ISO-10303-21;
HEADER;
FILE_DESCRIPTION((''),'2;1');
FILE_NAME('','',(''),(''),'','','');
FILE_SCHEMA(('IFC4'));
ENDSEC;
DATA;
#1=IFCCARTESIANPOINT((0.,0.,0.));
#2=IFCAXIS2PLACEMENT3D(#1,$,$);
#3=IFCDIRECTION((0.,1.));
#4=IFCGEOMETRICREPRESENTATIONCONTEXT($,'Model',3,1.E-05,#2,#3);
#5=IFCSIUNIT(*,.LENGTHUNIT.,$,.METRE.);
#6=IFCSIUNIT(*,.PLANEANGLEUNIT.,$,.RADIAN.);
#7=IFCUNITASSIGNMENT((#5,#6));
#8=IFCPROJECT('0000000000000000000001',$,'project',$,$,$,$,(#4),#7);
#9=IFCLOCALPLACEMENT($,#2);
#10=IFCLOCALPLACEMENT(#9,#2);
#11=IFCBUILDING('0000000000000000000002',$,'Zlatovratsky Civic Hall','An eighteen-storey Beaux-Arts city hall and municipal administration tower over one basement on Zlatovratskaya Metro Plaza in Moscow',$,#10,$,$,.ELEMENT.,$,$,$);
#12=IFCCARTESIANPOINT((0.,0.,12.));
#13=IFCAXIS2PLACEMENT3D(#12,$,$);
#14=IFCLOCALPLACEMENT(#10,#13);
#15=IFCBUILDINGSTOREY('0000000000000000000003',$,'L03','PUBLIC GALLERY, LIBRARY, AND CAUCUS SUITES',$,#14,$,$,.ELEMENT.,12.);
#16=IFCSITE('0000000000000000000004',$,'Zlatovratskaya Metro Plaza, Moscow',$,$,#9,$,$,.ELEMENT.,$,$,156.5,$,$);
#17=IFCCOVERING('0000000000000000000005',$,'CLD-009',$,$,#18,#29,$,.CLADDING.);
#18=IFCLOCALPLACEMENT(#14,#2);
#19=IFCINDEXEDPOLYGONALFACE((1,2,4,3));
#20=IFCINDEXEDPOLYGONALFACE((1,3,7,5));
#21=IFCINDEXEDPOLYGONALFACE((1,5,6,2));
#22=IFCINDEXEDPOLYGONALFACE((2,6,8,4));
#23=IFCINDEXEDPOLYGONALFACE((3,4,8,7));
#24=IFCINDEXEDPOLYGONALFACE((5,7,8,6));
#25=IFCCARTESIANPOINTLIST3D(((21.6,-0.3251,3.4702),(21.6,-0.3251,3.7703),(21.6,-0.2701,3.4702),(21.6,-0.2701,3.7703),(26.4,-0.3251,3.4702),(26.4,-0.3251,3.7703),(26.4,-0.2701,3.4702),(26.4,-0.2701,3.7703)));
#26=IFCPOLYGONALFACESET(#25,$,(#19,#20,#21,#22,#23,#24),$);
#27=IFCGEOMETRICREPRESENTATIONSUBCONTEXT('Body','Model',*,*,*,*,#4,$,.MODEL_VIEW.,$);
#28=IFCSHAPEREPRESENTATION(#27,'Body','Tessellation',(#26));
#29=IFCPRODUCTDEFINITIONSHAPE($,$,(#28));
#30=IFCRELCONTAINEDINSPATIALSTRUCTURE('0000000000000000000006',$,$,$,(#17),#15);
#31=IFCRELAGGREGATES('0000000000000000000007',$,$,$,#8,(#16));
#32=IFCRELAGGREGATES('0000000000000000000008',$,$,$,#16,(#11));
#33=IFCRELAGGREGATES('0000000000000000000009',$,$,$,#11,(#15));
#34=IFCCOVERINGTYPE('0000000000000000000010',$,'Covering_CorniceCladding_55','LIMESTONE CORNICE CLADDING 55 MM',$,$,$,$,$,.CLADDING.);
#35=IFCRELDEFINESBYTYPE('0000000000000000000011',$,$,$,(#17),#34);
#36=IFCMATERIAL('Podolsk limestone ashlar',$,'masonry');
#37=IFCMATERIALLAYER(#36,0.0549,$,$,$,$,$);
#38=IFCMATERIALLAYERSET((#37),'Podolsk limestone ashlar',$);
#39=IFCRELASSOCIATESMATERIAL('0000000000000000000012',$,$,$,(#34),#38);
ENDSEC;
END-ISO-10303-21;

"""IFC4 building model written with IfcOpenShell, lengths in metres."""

from ifc_helpers import new_model, si_unit, direction, frame, origin, origin_2d, place, context, subcontext, project, spatial, rectangle, extrude, material, layer, layer_set, type_object, element, save


model = new_model("IFC4")

# Units and contexts
model_context = context("Model", 3, precision=1e-05, world=origin(), true_north=direction((0.0, 1.0)))
body_context = subcontext(model_context, "Body", "Model", "MODEL_VIEW")
ifc_project = project(units=[si_unit("LENGTHUNIT", "METRE"), si_unit("PLANEANGLEUNIT", "RADIAN")], contexts=[model_context])

# Site, building, storey
site_placement = place(None, origin())
site = spatial("IfcSite", under=ifc_project, at=site_placement, Name="Zlatovratskaya Metro Plaza, Moscow", CompositionType="ELEMENT", RefElevation=156.5)
building_placement = place(site_placement, origin())
building = spatial("IfcBuilding", under=site, at=building_placement, Name="Zlatovratsky Civic Hall", Description="An eighteen-storey Beaux-Arts city hall and municipal administration tower over one basement on Zlatovratskaya Metro Plaza in Moscow", CompositionType="ELEMENT")
storey_placement = place(building_placement, frame((0.0, 0.0, 12.0)))
storey = spatial("IfcBuildingStorey", under=building, at=storey_placement, Name="L03", Description="PUBLIC GALLERY, LIBRARY, AND CAUCUS SUITES", CompositionType="ELEMENT", Elevation=12.0)

# Covering
ifc_material_1 = material(Name="Podolsk limestone ashlar", Category="masonry")
ifc_layer_1 = layer(ifc_material_1, 0.0549)
ifc_layer_set_1 = layer_set([ifc_layer_1], Name="Podolsk limestone ashlar")
covering_type = type_object("IfcCoveringType", Name="Covering_CorniceCladding_55", Description="LIMESTONE CORNICE CLADDING 55 MM", PredefinedType="CLADDING", material=ifc_layer_set_1)
covering_placement = place(storey_placement, frame((24.0, -0.2976, 3.4702), z_axis=(0.0, 0.0, 1.0), x_axis=(1.0, 0.0, 0.0)))
element("IfcCovering", 1, at=covering_placement, inside=storey, type_object=covering_type, Name="CLD-009", PredefinedType="CLADDING", context=body_context, shape_type="SweptSolid", body=[
    extrude(rectangle(XDim=4.8, YDim=0.0549, at=origin_2d()), origin(), (0.0, 0.0, 1.0), 0.3),
])

save(model, "model.ifc")
